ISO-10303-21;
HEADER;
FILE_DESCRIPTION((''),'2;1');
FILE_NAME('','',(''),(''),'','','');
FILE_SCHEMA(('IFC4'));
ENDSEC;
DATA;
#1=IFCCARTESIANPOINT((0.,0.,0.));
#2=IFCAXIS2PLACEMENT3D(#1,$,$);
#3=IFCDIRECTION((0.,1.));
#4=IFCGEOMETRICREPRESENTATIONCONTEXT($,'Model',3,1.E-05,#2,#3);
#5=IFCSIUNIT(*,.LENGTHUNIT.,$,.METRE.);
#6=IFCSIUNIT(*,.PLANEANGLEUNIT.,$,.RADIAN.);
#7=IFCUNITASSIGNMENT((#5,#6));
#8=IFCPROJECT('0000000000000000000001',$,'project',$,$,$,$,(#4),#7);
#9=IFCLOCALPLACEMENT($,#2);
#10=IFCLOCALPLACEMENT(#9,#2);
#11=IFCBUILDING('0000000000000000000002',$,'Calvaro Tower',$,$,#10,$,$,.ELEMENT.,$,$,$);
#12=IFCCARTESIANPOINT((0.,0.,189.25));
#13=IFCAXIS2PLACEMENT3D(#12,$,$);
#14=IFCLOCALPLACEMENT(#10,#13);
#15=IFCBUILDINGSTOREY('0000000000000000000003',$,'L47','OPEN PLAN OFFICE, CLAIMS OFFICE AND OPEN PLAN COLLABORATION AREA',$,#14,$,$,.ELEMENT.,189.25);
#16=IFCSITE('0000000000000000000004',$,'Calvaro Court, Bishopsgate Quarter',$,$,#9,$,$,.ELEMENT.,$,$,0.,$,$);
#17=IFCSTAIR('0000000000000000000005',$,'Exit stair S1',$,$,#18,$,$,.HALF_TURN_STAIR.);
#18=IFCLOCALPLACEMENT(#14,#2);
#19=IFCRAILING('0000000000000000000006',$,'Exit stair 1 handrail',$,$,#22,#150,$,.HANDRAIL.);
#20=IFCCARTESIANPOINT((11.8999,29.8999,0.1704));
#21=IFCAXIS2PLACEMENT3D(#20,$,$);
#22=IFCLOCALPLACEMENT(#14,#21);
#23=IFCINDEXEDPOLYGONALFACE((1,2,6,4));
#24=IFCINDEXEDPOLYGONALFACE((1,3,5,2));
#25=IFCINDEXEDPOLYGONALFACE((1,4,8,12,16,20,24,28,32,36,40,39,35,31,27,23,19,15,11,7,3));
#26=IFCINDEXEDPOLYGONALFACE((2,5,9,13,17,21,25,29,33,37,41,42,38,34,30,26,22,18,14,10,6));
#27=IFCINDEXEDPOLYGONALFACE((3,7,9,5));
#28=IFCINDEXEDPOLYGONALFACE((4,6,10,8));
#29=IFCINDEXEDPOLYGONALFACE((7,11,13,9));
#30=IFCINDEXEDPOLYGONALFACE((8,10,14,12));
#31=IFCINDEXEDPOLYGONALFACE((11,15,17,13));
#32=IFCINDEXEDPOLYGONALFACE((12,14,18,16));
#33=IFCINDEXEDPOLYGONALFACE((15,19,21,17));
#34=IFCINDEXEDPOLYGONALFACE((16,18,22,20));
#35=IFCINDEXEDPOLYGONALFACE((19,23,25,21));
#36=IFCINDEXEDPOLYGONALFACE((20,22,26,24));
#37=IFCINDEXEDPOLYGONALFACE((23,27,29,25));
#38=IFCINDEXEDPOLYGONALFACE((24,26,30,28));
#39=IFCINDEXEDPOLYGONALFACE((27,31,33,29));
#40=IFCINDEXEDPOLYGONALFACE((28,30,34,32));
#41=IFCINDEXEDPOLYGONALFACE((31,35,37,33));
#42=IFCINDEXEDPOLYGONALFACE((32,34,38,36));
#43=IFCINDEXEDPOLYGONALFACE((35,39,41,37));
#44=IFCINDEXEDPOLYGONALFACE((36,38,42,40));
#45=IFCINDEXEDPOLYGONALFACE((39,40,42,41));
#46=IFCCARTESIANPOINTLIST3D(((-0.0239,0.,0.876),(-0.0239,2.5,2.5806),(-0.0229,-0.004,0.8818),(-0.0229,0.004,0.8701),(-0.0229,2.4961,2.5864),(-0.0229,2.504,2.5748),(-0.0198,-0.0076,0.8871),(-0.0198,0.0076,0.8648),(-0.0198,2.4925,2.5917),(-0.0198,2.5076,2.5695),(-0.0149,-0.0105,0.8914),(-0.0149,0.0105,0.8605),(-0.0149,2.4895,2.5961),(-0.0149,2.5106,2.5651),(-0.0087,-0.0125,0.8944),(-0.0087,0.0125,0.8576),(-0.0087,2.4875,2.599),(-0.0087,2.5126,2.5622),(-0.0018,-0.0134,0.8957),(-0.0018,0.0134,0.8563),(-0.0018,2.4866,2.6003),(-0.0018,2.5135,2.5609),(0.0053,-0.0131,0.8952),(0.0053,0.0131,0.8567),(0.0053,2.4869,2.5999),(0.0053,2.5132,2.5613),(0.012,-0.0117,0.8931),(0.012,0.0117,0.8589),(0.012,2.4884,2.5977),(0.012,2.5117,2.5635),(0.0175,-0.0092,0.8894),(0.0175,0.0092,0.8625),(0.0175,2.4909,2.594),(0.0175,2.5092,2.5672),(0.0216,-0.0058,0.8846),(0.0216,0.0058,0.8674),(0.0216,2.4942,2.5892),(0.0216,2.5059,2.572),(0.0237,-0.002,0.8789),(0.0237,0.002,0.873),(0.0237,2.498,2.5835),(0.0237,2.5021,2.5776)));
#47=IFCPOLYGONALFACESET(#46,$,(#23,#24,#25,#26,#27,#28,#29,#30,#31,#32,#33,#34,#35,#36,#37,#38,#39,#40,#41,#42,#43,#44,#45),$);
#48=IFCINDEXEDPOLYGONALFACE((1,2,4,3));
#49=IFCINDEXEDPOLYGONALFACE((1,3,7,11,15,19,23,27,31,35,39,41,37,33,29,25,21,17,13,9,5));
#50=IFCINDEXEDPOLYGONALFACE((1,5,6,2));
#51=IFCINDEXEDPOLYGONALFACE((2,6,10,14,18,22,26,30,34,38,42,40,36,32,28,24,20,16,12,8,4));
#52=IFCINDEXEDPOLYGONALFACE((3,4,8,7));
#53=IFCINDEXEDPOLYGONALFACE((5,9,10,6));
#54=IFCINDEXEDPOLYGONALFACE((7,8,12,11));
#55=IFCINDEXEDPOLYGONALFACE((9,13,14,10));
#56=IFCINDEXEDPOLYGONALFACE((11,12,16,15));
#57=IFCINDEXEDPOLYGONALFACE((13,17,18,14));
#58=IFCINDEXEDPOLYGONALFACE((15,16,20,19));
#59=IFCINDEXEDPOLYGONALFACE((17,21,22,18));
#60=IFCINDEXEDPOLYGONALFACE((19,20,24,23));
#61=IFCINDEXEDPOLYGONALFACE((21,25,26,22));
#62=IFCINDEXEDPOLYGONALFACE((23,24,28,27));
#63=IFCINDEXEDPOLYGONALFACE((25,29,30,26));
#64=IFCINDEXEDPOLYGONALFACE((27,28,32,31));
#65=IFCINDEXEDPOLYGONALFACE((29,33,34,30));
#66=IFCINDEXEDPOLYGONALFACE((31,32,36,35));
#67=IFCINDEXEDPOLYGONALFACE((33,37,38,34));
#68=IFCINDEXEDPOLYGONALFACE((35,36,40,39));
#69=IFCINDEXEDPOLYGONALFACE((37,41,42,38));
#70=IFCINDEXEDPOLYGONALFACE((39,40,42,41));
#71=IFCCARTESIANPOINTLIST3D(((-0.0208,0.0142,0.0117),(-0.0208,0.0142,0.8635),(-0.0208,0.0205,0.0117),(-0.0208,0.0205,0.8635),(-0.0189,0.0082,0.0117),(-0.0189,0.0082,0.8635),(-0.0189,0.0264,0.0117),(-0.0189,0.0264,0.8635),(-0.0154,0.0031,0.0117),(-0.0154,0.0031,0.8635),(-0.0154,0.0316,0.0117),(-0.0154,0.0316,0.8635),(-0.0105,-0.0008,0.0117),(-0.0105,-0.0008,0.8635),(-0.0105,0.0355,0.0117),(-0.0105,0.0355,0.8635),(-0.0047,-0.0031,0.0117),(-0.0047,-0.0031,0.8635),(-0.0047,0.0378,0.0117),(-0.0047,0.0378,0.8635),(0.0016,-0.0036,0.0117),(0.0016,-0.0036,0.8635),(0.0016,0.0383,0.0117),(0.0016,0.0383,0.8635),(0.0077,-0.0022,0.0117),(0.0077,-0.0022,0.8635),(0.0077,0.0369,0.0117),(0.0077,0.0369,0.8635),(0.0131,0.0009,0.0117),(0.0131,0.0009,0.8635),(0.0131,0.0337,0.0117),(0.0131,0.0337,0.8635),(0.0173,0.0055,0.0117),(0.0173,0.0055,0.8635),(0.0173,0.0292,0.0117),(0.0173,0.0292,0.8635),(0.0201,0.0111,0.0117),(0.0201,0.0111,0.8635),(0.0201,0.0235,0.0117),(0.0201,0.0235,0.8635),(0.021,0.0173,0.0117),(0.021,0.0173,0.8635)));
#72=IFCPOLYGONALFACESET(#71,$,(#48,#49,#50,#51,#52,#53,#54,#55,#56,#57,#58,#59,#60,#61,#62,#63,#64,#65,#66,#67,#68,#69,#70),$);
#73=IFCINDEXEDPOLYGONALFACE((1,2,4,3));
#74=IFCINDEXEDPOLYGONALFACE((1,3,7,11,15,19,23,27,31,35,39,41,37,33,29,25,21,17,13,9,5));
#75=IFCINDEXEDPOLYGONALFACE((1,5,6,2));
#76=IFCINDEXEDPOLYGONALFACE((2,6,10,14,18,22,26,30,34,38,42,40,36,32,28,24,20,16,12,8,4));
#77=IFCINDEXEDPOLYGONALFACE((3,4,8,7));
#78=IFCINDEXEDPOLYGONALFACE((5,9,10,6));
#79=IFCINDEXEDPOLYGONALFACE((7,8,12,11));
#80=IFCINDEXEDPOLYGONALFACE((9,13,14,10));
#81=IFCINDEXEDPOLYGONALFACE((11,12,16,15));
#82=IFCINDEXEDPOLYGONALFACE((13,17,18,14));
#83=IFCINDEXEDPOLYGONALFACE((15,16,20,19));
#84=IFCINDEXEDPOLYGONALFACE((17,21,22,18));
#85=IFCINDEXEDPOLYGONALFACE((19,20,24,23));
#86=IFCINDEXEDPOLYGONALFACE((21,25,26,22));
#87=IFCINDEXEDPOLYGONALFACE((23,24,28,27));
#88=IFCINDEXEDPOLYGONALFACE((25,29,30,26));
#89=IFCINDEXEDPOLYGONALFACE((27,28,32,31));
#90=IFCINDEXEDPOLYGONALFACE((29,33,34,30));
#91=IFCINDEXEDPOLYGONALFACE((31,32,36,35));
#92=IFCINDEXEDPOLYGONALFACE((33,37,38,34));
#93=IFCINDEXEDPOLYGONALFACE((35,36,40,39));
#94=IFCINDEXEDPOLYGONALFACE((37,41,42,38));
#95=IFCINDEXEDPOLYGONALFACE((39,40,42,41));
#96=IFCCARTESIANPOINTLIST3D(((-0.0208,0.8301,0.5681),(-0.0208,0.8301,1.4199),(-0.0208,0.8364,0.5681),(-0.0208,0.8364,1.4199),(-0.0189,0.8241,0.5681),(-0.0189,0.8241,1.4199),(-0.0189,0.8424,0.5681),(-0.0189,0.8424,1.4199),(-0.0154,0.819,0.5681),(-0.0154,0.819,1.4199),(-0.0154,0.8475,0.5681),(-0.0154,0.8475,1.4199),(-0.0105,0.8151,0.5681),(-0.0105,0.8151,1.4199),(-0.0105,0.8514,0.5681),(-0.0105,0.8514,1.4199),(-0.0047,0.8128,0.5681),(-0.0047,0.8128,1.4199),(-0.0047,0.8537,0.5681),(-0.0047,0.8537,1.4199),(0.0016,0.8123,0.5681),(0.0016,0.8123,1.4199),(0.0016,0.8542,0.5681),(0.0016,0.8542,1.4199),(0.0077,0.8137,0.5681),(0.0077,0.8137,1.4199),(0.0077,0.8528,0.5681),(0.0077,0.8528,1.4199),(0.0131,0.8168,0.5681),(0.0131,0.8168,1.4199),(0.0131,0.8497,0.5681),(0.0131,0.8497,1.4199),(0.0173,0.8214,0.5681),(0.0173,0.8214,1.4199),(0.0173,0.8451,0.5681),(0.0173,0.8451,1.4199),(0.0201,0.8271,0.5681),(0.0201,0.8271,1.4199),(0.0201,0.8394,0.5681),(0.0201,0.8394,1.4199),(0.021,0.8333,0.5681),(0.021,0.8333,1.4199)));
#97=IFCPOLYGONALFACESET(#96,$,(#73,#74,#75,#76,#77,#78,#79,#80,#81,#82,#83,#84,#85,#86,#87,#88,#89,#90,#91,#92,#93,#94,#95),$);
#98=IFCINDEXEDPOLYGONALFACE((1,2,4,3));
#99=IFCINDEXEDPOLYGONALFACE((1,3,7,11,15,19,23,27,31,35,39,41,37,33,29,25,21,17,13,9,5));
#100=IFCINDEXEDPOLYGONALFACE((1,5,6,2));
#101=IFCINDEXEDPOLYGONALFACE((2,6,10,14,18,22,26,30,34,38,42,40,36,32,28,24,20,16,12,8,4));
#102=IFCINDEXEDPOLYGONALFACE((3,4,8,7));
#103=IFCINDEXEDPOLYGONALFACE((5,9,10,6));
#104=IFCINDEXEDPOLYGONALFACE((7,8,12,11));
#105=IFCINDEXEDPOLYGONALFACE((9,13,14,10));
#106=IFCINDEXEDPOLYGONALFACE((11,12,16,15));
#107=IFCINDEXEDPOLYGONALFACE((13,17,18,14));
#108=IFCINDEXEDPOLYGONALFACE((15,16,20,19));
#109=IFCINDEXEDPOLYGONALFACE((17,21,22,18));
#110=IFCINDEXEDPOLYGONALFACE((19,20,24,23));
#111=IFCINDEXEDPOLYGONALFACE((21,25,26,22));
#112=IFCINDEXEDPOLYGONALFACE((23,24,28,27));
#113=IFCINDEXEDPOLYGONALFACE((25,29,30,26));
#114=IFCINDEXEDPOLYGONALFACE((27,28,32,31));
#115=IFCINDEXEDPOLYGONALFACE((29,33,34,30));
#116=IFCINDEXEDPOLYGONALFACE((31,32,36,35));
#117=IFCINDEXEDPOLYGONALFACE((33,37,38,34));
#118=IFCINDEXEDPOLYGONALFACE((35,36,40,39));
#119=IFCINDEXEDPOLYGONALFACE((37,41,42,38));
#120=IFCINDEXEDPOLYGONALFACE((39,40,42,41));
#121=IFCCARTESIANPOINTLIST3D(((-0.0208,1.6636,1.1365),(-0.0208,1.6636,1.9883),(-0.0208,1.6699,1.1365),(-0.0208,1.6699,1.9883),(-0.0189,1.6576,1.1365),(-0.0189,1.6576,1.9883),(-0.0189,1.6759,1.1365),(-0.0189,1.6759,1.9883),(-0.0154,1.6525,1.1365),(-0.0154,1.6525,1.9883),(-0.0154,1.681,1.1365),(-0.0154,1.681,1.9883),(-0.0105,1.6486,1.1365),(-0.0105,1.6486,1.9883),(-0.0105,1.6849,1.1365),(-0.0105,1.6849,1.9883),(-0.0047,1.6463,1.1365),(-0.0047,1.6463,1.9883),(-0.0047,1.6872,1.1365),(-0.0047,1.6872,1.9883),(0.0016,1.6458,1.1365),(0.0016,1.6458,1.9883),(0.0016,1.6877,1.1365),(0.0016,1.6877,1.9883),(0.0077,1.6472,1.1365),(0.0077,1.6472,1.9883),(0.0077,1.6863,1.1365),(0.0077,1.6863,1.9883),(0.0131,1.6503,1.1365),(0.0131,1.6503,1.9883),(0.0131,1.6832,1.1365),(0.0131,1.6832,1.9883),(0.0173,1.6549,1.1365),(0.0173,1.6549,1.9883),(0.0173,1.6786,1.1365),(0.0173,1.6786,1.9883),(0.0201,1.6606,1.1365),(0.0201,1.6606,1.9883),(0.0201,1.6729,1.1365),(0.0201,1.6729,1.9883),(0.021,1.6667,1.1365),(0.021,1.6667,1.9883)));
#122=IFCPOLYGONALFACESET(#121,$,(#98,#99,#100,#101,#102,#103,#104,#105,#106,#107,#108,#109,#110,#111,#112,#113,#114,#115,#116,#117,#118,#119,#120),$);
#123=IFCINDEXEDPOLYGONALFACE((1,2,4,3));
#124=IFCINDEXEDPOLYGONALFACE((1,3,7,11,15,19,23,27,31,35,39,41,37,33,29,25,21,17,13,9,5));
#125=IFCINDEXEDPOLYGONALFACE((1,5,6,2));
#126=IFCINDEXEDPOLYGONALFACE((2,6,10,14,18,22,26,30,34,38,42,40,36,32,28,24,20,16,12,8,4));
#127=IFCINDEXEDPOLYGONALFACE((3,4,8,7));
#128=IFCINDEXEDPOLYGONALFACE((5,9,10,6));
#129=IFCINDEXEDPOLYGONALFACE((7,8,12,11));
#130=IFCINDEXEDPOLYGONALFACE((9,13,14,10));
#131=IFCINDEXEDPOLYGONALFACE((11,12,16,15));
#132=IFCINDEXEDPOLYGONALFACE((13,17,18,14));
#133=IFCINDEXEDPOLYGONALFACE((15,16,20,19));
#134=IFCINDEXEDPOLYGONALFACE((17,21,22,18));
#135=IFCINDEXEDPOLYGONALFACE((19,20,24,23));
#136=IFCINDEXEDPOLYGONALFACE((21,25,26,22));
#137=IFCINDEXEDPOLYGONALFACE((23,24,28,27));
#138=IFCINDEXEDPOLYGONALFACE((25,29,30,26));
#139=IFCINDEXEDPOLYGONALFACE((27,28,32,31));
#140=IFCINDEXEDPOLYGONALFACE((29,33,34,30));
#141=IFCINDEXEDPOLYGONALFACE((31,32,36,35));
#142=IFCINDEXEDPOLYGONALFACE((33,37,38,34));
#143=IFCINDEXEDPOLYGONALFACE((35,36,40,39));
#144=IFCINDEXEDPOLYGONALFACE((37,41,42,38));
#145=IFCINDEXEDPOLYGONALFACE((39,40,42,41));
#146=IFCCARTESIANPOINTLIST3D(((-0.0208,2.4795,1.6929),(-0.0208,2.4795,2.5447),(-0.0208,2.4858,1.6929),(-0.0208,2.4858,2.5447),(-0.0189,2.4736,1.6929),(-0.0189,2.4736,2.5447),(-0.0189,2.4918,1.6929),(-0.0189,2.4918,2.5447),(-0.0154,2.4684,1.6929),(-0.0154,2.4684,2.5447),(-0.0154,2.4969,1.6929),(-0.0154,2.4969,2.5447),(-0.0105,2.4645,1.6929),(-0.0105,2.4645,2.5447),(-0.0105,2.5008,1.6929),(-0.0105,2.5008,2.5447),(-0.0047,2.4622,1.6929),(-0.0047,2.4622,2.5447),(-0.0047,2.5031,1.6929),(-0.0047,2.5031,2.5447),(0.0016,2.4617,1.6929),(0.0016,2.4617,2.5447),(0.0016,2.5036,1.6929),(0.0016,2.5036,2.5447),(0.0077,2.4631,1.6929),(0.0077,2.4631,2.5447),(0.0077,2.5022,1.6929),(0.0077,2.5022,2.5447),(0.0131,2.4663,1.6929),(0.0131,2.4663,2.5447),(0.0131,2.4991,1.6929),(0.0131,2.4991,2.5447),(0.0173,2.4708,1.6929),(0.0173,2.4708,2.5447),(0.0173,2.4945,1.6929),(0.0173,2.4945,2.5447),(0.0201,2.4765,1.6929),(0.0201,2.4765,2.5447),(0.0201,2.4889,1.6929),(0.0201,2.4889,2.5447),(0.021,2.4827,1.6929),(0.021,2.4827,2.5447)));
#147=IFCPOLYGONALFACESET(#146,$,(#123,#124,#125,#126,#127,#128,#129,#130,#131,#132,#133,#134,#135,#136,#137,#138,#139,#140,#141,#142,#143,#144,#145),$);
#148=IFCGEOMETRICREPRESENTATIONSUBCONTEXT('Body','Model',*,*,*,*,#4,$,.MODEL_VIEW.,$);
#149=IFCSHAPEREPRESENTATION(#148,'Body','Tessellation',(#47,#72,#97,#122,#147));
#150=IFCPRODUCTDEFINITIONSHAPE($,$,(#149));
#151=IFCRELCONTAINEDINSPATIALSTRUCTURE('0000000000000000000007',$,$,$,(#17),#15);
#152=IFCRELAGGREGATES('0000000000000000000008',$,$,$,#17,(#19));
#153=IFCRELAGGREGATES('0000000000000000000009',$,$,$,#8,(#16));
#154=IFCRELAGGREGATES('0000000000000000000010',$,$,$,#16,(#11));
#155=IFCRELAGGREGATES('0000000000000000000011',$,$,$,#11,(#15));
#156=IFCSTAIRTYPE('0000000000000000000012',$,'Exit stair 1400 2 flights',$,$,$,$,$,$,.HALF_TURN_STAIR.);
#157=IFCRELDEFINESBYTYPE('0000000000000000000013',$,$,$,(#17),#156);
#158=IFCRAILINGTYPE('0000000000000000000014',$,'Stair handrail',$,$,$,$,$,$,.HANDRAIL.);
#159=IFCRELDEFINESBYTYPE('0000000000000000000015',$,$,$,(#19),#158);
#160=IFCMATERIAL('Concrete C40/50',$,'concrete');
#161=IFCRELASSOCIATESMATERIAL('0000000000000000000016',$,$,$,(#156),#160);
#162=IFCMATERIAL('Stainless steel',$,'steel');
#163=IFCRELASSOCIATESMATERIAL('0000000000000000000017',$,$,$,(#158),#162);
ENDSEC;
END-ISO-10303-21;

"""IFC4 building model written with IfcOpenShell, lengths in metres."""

from ifc_helpers import new_model, si_unit, direction, frame, origin, origin_2d, place, context, subcontext, project, spatial, circle, extrude, material, type_object, element, aggregate, save


model = new_model("IFC4")

# Units and contexts
model_context = context("Model", 3, precision=1e-05, world=origin(), true_north=direction((0.0, 1.0)))
body_context = subcontext(model_context, "Body", "Model", "MODEL_VIEW")
ifc_project = project(units=[si_unit("LENGTHUNIT", "METRE"), si_unit("PLANEANGLEUNIT", "RADIAN")], contexts=[model_context])

# Site, building, storey
site_placement = place(None, origin())
site = spatial("IfcSite", under=ifc_project, at=site_placement, Name="Calvaro Court, Bishopsgate Quarter", CompositionType="ELEMENT", RefElevation=0.0)
building_placement = place(site_placement, origin())
building = spatial("IfcBuilding", under=site, at=building_placement, Name="Calvaro Tower", CompositionType="ELEMENT")
storey_placement = place(building_placement, frame((0.0, 0.0, 189.25)))
storey = spatial("IfcBuildingStorey", under=building, at=storey_placement, Name="L47", Description="OPEN PLAN OFFICE, CLAIMS OFFICE AND OPEN PLAN COLLABORATION AREA", CompositionType="ELEMENT", Elevation=189.25)

# Stair, railing
ifc_material_1 = material(Name="Concrete C40/50", Category="concrete")
stair_type = type_object("IfcStairType", Name="Exit stair 1400 2 flights", PredefinedType="HALF_TURN_STAIR", material=ifc_material_1)
stair_placement = place(storey_placement, origin())
stair = element("IfcStair", 1, at=stair_placement, inside=storey, type_object=stair_type, Name="Exit stair S1", PredefinedType="HALF_TURN_STAIR")
ifc_material_2 = material(Name="Stainless steel", Category="steel")
railing_type = type_object("IfcRailingType", Name="Stair handrail", PredefinedType="HANDRAIL", material=ifc_material_2)
railing_1_placement = place(storey_placement, frame((11.8999, 29.8999, 0.1704)))
railing_1 = element("IfcRailing", 2, at=railing_1_placement, type_object=railing_type, Name="Exit stair 1 handrail", PredefinedType="HANDRAIL", context=body_context, shape_type="SweptSolid", body=[
    extrude(circle(Radius=0.0239, at=origin_2d()), frame((0.0, 0.0, 0.876), z_axis=(0.0, 0.826221, 0.563347), x_axis=(-1.0, 0.0, 0.0)), (0.0, 0.0, 1.0), 3.0259),
    extrude(circle(Radius=0.021, at=origin_2d()), frame((0.0, 0.0173, 0.0117)), (0.0, 0.0, 1.0), 0.8518),
    extrude(circle(Radius=0.021, at=origin_2d()), frame((0.0, 0.8333, 0.5681)), (0.0, 0.0, 1.0), 0.8518),
    extrude(circle(Radius=0.021, at=origin_2d()), frame((0.0, 1.6667, 1.1365)), (0.0, 0.0, 1.0), 0.8518),
    extrude(circle(Radius=0.021, at=origin_2d()), frame((0.0, 2.4827, 1.6929)), (0.0, 0.0, 1.0), 0.8518),
])
aggregate(stair, [railing_1])

save(model, "model.ifc")
